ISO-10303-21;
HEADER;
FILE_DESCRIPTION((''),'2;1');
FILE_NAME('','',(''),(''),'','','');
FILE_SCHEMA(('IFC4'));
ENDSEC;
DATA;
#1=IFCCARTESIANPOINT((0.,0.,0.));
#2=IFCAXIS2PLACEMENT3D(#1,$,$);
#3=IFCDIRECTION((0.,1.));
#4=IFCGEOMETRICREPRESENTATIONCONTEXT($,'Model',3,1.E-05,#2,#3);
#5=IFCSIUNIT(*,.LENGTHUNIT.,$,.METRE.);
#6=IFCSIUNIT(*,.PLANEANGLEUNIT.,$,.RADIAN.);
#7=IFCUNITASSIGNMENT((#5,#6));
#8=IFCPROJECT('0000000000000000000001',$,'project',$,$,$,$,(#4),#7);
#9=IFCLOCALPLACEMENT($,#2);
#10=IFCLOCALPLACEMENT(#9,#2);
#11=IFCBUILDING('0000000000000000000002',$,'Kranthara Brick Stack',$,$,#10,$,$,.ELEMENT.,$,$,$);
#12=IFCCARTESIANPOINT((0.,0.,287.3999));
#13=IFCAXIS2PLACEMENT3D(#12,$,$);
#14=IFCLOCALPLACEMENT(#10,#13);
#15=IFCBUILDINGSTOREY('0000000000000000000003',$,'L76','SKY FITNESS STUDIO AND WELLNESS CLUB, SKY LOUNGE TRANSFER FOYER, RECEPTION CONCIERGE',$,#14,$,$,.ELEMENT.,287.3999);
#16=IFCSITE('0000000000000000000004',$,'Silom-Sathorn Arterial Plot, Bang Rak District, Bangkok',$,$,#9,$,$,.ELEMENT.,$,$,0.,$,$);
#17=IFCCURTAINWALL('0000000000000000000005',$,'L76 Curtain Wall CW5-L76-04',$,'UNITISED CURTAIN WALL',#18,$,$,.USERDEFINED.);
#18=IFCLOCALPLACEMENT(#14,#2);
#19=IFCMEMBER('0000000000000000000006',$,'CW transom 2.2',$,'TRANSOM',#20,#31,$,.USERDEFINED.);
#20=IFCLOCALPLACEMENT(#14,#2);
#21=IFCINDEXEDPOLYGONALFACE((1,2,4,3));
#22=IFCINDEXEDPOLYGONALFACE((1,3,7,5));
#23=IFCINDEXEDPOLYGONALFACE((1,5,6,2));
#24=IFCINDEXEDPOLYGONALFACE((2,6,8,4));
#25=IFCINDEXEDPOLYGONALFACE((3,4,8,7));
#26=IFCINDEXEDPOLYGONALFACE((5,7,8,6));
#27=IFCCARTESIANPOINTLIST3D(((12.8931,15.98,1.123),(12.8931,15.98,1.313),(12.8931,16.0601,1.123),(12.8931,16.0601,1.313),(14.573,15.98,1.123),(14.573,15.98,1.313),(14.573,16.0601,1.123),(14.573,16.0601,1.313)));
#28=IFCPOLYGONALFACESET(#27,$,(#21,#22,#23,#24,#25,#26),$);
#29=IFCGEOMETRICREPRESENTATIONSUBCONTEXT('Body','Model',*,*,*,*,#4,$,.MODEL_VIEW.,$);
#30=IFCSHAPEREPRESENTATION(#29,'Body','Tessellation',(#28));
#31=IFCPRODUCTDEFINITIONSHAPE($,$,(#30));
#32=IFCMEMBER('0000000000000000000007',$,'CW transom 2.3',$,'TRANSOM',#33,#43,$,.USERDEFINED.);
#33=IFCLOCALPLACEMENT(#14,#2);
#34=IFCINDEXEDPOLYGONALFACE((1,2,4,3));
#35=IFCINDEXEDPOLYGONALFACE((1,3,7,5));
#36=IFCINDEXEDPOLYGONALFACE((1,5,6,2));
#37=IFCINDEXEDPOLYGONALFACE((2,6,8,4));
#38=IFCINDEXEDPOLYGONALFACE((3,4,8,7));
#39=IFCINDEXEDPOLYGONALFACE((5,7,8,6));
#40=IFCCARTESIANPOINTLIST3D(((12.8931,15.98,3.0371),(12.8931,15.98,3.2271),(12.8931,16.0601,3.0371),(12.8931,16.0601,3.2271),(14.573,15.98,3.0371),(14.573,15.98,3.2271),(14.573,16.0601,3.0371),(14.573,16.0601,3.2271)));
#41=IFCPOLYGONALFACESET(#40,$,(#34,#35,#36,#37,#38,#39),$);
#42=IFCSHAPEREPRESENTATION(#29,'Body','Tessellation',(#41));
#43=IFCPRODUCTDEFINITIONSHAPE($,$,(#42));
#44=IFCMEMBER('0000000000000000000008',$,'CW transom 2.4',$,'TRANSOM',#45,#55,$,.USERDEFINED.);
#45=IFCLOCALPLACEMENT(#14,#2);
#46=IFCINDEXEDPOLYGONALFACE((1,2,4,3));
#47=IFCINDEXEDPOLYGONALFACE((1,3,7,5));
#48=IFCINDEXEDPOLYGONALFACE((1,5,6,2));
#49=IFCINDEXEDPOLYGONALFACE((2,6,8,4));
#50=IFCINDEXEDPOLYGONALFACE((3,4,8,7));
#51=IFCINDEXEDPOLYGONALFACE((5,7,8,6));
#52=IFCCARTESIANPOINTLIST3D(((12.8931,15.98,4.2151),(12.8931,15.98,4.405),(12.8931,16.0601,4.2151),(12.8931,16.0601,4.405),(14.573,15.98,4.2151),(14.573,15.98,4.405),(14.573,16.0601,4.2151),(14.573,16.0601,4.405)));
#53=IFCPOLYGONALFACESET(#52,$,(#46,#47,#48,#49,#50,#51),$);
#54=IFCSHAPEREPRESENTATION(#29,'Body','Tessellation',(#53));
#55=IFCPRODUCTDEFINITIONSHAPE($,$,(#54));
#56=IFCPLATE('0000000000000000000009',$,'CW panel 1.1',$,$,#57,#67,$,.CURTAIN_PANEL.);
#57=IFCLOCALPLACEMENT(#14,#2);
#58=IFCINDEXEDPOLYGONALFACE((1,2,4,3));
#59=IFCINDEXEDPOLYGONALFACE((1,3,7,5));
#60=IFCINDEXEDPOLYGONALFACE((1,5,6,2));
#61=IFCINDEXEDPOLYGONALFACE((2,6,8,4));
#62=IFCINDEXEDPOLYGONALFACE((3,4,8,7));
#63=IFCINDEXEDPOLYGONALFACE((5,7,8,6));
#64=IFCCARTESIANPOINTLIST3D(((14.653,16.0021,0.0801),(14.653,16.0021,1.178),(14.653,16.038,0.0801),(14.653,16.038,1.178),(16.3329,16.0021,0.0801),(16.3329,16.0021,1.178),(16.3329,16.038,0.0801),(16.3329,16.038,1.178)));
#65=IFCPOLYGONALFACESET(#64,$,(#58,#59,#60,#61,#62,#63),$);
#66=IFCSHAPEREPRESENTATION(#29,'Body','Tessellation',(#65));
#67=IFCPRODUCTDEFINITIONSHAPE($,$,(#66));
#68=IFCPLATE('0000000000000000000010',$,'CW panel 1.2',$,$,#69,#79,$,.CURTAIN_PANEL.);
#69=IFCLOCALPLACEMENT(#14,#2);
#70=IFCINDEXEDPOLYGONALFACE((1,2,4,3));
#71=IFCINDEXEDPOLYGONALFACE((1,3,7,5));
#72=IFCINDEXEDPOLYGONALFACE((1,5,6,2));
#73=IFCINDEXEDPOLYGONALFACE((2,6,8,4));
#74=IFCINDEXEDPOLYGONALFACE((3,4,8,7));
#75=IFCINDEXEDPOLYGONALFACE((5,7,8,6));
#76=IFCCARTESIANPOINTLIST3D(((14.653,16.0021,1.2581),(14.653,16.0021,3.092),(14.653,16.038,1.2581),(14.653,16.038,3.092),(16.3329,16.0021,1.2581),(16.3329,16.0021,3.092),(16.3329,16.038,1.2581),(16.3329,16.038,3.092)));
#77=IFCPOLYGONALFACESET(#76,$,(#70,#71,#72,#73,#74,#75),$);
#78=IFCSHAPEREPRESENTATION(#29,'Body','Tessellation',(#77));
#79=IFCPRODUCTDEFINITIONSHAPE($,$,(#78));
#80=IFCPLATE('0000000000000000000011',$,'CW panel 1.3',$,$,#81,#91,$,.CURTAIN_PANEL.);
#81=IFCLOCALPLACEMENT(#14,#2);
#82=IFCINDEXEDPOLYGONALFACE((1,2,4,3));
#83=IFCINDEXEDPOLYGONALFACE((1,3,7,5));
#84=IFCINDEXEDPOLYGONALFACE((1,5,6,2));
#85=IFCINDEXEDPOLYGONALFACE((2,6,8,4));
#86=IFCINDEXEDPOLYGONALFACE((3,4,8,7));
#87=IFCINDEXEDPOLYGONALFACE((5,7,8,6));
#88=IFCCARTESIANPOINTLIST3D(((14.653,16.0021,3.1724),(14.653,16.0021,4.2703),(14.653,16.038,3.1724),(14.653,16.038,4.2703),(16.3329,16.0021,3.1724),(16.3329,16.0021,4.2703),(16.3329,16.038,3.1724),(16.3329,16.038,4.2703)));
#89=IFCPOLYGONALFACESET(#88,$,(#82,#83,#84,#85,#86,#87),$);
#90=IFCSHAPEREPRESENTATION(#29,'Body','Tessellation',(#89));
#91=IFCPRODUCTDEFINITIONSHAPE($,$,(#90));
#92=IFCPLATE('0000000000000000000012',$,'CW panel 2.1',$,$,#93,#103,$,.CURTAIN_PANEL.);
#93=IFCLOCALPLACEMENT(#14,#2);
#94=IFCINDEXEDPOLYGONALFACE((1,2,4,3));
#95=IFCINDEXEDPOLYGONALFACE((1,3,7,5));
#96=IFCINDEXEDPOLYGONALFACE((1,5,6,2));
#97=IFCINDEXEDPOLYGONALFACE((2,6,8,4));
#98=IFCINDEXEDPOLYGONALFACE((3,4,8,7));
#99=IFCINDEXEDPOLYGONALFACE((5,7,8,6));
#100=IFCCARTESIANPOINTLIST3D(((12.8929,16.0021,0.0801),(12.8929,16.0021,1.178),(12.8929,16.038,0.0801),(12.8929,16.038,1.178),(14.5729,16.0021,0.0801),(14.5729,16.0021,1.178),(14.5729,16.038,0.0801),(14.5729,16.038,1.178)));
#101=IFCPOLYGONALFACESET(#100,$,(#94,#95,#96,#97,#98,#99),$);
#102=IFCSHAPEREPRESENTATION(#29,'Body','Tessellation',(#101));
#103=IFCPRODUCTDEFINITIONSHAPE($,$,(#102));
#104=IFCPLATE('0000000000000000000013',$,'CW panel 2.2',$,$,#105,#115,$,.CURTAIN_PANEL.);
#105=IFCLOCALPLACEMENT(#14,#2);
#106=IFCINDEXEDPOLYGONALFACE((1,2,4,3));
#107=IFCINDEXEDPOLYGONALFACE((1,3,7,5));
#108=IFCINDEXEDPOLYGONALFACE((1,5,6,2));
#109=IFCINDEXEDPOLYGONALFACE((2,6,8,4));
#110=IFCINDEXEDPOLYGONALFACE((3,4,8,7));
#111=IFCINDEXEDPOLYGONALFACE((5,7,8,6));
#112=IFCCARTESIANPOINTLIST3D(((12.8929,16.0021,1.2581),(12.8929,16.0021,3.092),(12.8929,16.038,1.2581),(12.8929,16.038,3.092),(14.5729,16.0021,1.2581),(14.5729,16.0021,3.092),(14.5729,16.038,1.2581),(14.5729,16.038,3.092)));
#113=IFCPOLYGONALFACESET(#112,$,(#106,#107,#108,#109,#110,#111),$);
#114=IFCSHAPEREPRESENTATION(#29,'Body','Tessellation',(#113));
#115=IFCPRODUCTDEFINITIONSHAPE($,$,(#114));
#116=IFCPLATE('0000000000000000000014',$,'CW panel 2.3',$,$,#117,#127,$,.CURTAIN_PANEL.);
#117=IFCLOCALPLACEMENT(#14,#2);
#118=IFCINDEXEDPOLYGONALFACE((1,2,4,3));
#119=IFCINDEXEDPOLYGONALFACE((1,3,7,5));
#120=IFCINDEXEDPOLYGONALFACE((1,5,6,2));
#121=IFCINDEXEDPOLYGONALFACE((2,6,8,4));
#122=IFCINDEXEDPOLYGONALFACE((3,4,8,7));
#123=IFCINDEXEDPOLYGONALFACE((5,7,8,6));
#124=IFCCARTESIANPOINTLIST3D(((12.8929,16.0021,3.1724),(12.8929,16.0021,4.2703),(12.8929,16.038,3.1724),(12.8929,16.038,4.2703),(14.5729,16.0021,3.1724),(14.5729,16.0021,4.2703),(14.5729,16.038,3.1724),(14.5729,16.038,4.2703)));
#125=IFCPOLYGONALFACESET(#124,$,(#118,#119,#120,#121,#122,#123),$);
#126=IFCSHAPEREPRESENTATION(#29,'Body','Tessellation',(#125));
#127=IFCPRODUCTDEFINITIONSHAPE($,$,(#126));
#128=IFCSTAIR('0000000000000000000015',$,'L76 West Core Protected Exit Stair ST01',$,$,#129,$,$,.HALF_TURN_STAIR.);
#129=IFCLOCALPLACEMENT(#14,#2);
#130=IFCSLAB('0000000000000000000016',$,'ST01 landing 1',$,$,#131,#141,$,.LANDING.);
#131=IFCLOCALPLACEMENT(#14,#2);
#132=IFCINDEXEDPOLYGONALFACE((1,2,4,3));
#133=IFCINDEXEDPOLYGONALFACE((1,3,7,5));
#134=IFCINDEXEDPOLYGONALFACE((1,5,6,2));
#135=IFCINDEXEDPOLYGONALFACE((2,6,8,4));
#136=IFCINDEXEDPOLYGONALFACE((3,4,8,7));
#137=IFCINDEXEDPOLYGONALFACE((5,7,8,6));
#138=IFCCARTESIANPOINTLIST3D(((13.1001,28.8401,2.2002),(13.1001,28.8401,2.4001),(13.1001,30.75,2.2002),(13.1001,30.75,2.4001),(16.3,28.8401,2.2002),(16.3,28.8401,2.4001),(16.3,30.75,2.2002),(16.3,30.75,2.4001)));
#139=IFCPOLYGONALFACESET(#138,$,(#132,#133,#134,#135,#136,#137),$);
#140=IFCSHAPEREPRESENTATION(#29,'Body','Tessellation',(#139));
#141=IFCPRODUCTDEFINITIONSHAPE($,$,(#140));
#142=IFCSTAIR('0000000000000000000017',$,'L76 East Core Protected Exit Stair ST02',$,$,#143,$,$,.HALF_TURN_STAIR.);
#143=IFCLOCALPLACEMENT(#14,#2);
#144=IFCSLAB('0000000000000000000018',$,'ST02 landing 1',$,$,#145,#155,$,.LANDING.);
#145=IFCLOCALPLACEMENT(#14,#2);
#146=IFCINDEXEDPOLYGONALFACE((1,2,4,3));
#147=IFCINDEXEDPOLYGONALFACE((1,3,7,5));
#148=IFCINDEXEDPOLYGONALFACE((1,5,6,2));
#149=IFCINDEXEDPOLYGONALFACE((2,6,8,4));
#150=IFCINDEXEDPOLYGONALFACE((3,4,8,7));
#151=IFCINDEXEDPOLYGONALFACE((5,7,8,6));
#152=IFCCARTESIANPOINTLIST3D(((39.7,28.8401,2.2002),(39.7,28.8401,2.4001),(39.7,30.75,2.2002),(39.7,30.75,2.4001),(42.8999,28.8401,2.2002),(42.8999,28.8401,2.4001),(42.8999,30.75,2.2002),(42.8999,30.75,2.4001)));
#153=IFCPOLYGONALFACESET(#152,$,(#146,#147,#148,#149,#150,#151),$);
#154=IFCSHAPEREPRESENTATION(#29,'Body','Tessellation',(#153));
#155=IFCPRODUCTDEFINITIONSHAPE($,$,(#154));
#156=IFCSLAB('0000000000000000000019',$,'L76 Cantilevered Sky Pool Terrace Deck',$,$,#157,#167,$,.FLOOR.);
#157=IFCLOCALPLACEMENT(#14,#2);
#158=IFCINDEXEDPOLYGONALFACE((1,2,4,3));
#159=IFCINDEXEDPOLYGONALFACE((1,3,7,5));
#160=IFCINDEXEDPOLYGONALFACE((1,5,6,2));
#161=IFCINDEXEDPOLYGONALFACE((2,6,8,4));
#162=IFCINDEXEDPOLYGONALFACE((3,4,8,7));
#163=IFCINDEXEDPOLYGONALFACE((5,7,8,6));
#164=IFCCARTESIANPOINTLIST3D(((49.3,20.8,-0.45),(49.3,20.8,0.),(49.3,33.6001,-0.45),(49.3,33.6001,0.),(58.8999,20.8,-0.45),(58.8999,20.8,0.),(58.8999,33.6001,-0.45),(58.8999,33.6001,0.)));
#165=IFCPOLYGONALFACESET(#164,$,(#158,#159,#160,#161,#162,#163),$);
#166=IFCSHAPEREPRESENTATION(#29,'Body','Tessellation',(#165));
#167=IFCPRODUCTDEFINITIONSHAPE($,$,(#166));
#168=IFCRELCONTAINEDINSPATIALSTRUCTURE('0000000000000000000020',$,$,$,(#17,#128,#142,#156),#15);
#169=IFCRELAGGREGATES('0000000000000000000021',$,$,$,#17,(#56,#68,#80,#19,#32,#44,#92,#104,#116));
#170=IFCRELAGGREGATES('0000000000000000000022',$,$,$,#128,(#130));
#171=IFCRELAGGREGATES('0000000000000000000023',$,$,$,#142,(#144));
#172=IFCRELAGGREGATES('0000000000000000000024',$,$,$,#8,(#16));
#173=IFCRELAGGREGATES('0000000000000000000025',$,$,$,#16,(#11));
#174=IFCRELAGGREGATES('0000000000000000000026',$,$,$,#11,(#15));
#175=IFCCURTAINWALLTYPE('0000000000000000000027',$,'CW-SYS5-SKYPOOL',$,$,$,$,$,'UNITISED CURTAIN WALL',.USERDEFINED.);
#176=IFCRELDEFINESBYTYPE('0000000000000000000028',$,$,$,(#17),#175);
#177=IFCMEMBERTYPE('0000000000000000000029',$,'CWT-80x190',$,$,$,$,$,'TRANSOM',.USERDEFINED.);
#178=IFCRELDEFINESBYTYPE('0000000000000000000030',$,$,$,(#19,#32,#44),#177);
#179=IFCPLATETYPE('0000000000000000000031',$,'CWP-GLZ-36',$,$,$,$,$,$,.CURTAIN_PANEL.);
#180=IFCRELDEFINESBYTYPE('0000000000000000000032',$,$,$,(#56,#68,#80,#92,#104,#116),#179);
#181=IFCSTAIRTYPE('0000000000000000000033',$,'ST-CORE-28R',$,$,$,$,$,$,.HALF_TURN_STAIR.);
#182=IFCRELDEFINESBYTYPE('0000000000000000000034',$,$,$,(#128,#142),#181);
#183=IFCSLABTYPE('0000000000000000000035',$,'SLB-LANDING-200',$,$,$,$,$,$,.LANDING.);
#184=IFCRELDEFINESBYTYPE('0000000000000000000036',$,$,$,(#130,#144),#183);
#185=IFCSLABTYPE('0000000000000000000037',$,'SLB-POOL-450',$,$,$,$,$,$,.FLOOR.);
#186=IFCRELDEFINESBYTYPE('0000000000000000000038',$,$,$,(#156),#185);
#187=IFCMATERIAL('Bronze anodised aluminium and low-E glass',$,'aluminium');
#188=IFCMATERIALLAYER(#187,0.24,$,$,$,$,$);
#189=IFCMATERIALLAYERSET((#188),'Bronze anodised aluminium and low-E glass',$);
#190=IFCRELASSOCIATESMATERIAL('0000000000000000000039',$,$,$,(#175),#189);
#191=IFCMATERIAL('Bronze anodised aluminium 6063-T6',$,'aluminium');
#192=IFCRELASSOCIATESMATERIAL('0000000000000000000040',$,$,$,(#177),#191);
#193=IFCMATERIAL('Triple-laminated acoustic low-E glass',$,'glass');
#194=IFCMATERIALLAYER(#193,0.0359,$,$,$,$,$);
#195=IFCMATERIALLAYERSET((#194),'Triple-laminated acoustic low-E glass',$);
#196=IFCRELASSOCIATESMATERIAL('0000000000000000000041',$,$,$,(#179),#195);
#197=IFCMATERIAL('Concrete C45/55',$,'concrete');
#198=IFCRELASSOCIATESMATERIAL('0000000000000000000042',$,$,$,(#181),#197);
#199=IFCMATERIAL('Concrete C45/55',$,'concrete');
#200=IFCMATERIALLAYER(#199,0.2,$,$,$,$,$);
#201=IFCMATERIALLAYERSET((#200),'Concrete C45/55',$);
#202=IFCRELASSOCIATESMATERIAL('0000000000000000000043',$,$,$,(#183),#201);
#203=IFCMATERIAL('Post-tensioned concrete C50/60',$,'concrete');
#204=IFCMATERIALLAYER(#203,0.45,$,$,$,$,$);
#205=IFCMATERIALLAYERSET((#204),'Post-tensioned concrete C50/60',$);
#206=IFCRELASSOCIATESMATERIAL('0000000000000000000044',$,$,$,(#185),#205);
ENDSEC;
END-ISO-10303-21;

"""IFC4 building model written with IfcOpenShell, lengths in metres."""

from ifc_helpers import new_model, si_unit, direction, frame, origin, origin_2d, place, context, subcontext, project, spatial, polyline, rectangle, outline, extrude, material, layer, layer_set, material_profile, profile_set, type_object, element, aggregate, save


model = new_model("IFC4")

# Units and contexts
model_context = context("Model", 3, precision=1e-05, world=origin(), true_north=direction((0.0, 1.0)))
body_context = subcontext(model_context, "Body", "Model", "MODEL_VIEW")
ifc_project = project(units=[si_unit("LENGTHUNIT", "METRE"), si_unit("PLANEANGLEUNIT", "RADIAN")], contexts=[model_context])

# Site, building, storey
site_placement = place(None, origin())
site = spatial("IfcSite", under=ifc_project, at=site_placement, Name="Silom-Sathorn Arterial Plot, Bang Rak District, Bangkok", CompositionType="ELEMENT", RefElevation=0.0)
building_placement = place(site_placement, origin())
building = spatial("IfcBuilding", under=site, at=building_placement, Name="Kranthara Brick Stack", CompositionType="ELEMENT")
storey_placement = place(building_placement, frame((0.0, 0.0, 287.3999)))
storey = spatial("IfcBuildingStorey", under=building, at=storey_placement, Name="L76", Description="SKY FITNESS STUDIO AND WELLNESS CLUB, SKY LOUNGE TRANSFER FOYER, RECEPTION CONCIERGE", CompositionType="ELEMENT", Elevation=287.3999)

# Curtain wall, members, plates
ifc_material_1 = material(Name="Bronze anodised aluminium and low-E glass", Category="aluminium")
ifc_layer_1 = layer(ifc_material_1, 0.24)
ifc_layer_set_1 = layer_set([ifc_layer_1], Name="Bronze anodised aluminium and low-E glass")
curtain_wall_type = type_object("IfcCurtainWallType", Name="CW-SYS5-SKYPOOL", ElementType="UNITISED CURTAIN WALL", PredefinedType="USERDEFINED", material=ifc_layer_set_1)
curtain_wall_placement = place(storey_placement, origin())
curtain_wall = element("IfcCurtainWall", 1, at=curtain_wall_placement, inside=storey, type_object=curtain_wall_type, Name="L76 Curtain Wall CW5-L76-04", ObjectType="UNITISED CURTAIN WALL", PredefinedType="USERDEFINED")
ifc_material_2 = material(Name="Bronze anodised aluminium 6063-T6", Category="aluminium")
ifc_material_profile_1 = material_profile(ifc_material_2, rectangle(XDim=0.0801, YDim=0.1899, at=origin_2d()), Name="ALU TRANSOM 80x190")
ifc_profile_set_1 = profile_set([ifc_material_profile_1], Name="Bronze anodised aluminium 6063-T6")
member_type_1 = type_object("IfcMemberType", Name="CWT-80x190", ElementType="TRANSOM", PredefinedType="USERDEFINED", material=ifc_profile_set_1)
member_1_placement = place(storey_placement, frame((14.573, 16.02, 1.218), z_axis=(-1.0, 0.0, 0.0), x_axis=(0.0, -1.0, 0.0)))
member_1 = element("IfcMember", 2, at=member_1_placement, type_object=member_type_1, Name="CW transom 2.2", ObjectType="TRANSOM", PredefinedType="USERDEFINED", context=body_context, shape_type="SweptSolid", body=[
    extrude(rectangle(XDim=0.0801, YDim=0.1899, at=origin_2d()), origin(), (0.0, 0.0, 1.0), 1.6799),
])
member_2_placement = place(storey_placement, frame((14.573, 16.02, 3.1321), z_axis=(-1.0, 0.0, 0.0), x_axis=(0.0, -1.0, 0.0)))
member_2 = element("IfcMember", 3, at=member_2_placement, type_object=member_type_1, Name="CW transom 2.3", ObjectType="TRANSOM", PredefinedType="USERDEFINED", context=body_context, shape_type="SweptSolid", body=[
    extrude(rectangle(XDim=0.0801, YDim=0.1899, at=origin_2d()), origin(), (0.0, 0.0, 1.0), 1.6799),
])
member_3_placement = place(storey_placement, frame((14.573, 16.02, 4.3101), z_axis=(-1.0, 0.0, 0.0), x_axis=(0.0, -1.0, 0.0)))
member_3 = element("IfcMember", 4, at=member_3_placement, type_object=member_type_1, Name="CW transom 2.4", ObjectType="TRANSOM", PredefinedType="USERDEFINED", context=body_context, shape_type="SweptSolid", body=[
    extrude(rectangle(XDim=0.0801, YDim=0.1899, at=origin_2d()), origin(), (0.0, 0.0, 1.0), 1.6799),
])
ifc_material_3 = material(Name="Triple-laminated acoustic low-E glass", Category="glass")
ifc_layer_2 = layer(ifc_material_3, 0.0359)
ifc_layer_set_2 = layer_set([ifc_layer_2], Name="Triple-laminated acoustic low-E glass")
plate_type = type_object("IfcPlateType", Name="CWP-GLZ-36", PredefinedType="CURTAIN_PANEL", material=ifc_layer_set_2)
plate_1_placement = place(storey_placement, frame((15.4929, 16.02, 0.0801), z_axis=(0.0, 0.0, 1.0), x_axis=(-1.0, 0.0, 0.0)))
plate_1 = element("IfcPlate", 5, at=plate_1_placement, type_object=plate_type, Name="CW panel 1.1", PredefinedType="CURTAIN_PANEL", context=body_context, shape_type="SweptSolid", body=[
    extrude(rectangle(XDim=1.6799, YDim=0.0359, at=origin_2d()), origin(), (0.0, 0.0, 1.0), 1.0979),
])
plate_2_placement = place(storey_placement, frame((15.4929, 16.02, 1.2581), z_axis=(0.0, 0.0, 1.0), x_axis=(-1.0, 0.0, 0.0)))
plate_2 = element("IfcPlate", 6, at=plate_2_placement, type_object=plate_type, Name="CW panel 1.2", PredefinedType="CURTAIN_PANEL", context=body_context, shape_type="SweptSolid", body=[
    extrude(rectangle(XDim=1.6799, YDim=0.0359, at=origin_2d()), origin(), (0.0, 0.0, 1.0), 1.834),
])
plate_3_placement = place(storey_placement, frame((15.4929, 16.02, 3.1724), z_axis=(0.0, 0.0, 1.0), x_axis=(-1.0, 0.0, 0.0)))
plate_3 = element("IfcPlate", 7, at=plate_3_placement, type_object=plate_type, Name="CW panel 1.3", PredefinedType="CURTAIN_PANEL", context=body_context, shape_type="SweptSolid", body=[
    extrude(rectangle(XDim=1.6799, YDim=0.0359, at=origin_2d()), origin(), (0.0, 0.0, 1.0), 1.0979),
])
plate_4_placement = place(storey_placement, frame((13.7329, 16.02, 0.0801), z_axis=(0.0, 0.0, 1.0), x_axis=(-1.0, 0.0, 0.0)))
plate_4 = element("IfcPlate", 8, at=plate_4_placement, type_object=plate_type, Name="CW panel 2.1", PredefinedType="CURTAIN_PANEL", context=body_context, shape_type="SweptSolid", body=[
    extrude(rectangle(XDim=1.6799, YDim=0.0359, at=origin_2d()), origin(), (0.0, 0.0, 1.0), 1.0979),
])
plate_5_placement = place(storey_placement, frame((13.7329, 16.02, 1.2581), z_axis=(0.0, 0.0, 1.0), x_axis=(-1.0, 0.0, 0.0)))
plate_5 = element("IfcPlate", 9, at=plate_5_placement, type_object=plate_type, Name="CW panel 2.2", PredefinedType="CURTAIN_PANEL", context=body_context, shape_type="SweptSolid", body=[
    extrude(rectangle(XDim=1.6799, YDim=0.0359, at=origin_2d()), origin(), (0.0, 0.0, 1.0), 1.834),
])
plate_6_placement = place(storey_placement, frame((13.7329, 16.02, 3.1724), z_axis=(0.0, 0.0, 1.0), x_axis=(-1.0, 0.0, 0.0)))
plate_6 = element("IfcPlate", 10, at=plate_6_placement, type_object=plate_type, Name="CW panel 2.3", PredefinedType="CURTAIN_PANEL", context=body_context, shape_type="SweptSolid", body=[
    extrude(rectangle(XDim=1.6799, YDim=0.0359, at=origin_2d()), origin(), (0.0, 0.0, 1.0), 1.0979),
])
aggregate(curtain_wall, [plate_1, plate_2, plate_3, member_1, member_2, member_3, plate_4, plate_5, plate_6])

# Stairs, slabs
ifc_material_4 = material(Name="Concrete C45/55", Category="concrete")
stair_type = type_object("IfcStairType", Name="ST-CORE-28R", PredefinedType="HALF_TURN_STAIR", material=ifc_material_4)
stair_1_placement = place(storey_placement, origin())
stair_1 = element("IfcStair", 11, at=stair_1_placement, inside=storey, type_object=stair_type, Name="L76 West Core Protected Exit Stair ST01", PredefinedType="HALF_TURN_STAIR")
ifc_material_5 = material(Name="Concrete C45/55", Category="concrete")
ifc_layer_3 = layer(ifc_material_5, 0.2)
ifc_layer_set_3 = layer_set([ifc_layer_3], Name="Concrete C45/55")
slab_type_1 = type_object("IfcSlabType", Name="SLB-LANDING-200", PredefinedType="LANDING", material=ifc_layer_set_3)
slab_1_placement = place(storey_placement, frame((0.0, 0.0, 2.2002)))
slab_1 = element("IfcSlab", 12, at=slab_1_placement, type_object=slab_type_1, Name="ST01 landing 1", PredefinedType="LANDING", context=body_context, shape_type="SweptSolid", body=[
    extrude(outline(polyline([(16.3, 28.8401), (16.3, 30.75), (13.1001, 30.75), (13.1001, 28.8401), (16.3, 28.8401)])), origin(), (0.0, 0.0, 1.0), 0.2),
])
aggregate(stair_1, [slab_1])
stair_2_placement = place(storey_placement, origin())
stair_2 = element("IfcStair", 13, at=stair_2_placement, inside=storey, type_object=stair_type, Name="L76 East Core Protected Exit Stair ST02", PredefinedType="HALF_TURN_STAIR")
slab_2_placement = place(storey_placement, frame((0.0, 0.0, 2.2002)))
slab_2 = element("IfcSlab", 14, at=slab_2_placement, type_object=slab_type_1, Name="ST02 landing 1", PredefinedType="LANDING", context=body_context, shape_type="SweptSolid", body=[
    extrude(outline(polyline([(42.8999, 28.8401), (42.8999, 30.75), (39.7, 30.75), (39.7, 28.8401), (42.8999, 28.8401)])), origin(), (0.0, 0.0, 1.0), 0.2),
])
aggregate(stair_2, [slab_2])

# Slab
ifc_material_6 = material(Name="Post-tensioned concrete C50/60", Category="concrete")
ifc_layer_4 = layer(ifc_material_6, 0.45)
ifc_layer_set_4 = layer_set([ifc_layer_4], Name="Post-tensioned concrete C50/60")
slab_type_2 = type_object("IfcSlabType", Name="SLB-POOL-450", PredefinedType="FLOOR", material=ifc_layer_set_4)
slab_3_placement = place(storey_placement, frame((0.0, 0.0, -0.45)))
element("IfcSlab", 15, at=slab_3_placement, inside=storey, type_object=slab_type_2, Name="L76 Cantilevered Sky Pool Terrace Deck", PredefinedType="FLOOR", context=body_context, shape_type="SweptSolid", body=[
    extrude(outline(polyline([(49.3, 20.8), (58.8999, 20.8), (58.8999, 33.6001), (49.3, 33.6001), (49.3, 20.8)])), origin(), (0.0, 0.0, 1.0), 0.45),
])

save(model, "model.ifc")
